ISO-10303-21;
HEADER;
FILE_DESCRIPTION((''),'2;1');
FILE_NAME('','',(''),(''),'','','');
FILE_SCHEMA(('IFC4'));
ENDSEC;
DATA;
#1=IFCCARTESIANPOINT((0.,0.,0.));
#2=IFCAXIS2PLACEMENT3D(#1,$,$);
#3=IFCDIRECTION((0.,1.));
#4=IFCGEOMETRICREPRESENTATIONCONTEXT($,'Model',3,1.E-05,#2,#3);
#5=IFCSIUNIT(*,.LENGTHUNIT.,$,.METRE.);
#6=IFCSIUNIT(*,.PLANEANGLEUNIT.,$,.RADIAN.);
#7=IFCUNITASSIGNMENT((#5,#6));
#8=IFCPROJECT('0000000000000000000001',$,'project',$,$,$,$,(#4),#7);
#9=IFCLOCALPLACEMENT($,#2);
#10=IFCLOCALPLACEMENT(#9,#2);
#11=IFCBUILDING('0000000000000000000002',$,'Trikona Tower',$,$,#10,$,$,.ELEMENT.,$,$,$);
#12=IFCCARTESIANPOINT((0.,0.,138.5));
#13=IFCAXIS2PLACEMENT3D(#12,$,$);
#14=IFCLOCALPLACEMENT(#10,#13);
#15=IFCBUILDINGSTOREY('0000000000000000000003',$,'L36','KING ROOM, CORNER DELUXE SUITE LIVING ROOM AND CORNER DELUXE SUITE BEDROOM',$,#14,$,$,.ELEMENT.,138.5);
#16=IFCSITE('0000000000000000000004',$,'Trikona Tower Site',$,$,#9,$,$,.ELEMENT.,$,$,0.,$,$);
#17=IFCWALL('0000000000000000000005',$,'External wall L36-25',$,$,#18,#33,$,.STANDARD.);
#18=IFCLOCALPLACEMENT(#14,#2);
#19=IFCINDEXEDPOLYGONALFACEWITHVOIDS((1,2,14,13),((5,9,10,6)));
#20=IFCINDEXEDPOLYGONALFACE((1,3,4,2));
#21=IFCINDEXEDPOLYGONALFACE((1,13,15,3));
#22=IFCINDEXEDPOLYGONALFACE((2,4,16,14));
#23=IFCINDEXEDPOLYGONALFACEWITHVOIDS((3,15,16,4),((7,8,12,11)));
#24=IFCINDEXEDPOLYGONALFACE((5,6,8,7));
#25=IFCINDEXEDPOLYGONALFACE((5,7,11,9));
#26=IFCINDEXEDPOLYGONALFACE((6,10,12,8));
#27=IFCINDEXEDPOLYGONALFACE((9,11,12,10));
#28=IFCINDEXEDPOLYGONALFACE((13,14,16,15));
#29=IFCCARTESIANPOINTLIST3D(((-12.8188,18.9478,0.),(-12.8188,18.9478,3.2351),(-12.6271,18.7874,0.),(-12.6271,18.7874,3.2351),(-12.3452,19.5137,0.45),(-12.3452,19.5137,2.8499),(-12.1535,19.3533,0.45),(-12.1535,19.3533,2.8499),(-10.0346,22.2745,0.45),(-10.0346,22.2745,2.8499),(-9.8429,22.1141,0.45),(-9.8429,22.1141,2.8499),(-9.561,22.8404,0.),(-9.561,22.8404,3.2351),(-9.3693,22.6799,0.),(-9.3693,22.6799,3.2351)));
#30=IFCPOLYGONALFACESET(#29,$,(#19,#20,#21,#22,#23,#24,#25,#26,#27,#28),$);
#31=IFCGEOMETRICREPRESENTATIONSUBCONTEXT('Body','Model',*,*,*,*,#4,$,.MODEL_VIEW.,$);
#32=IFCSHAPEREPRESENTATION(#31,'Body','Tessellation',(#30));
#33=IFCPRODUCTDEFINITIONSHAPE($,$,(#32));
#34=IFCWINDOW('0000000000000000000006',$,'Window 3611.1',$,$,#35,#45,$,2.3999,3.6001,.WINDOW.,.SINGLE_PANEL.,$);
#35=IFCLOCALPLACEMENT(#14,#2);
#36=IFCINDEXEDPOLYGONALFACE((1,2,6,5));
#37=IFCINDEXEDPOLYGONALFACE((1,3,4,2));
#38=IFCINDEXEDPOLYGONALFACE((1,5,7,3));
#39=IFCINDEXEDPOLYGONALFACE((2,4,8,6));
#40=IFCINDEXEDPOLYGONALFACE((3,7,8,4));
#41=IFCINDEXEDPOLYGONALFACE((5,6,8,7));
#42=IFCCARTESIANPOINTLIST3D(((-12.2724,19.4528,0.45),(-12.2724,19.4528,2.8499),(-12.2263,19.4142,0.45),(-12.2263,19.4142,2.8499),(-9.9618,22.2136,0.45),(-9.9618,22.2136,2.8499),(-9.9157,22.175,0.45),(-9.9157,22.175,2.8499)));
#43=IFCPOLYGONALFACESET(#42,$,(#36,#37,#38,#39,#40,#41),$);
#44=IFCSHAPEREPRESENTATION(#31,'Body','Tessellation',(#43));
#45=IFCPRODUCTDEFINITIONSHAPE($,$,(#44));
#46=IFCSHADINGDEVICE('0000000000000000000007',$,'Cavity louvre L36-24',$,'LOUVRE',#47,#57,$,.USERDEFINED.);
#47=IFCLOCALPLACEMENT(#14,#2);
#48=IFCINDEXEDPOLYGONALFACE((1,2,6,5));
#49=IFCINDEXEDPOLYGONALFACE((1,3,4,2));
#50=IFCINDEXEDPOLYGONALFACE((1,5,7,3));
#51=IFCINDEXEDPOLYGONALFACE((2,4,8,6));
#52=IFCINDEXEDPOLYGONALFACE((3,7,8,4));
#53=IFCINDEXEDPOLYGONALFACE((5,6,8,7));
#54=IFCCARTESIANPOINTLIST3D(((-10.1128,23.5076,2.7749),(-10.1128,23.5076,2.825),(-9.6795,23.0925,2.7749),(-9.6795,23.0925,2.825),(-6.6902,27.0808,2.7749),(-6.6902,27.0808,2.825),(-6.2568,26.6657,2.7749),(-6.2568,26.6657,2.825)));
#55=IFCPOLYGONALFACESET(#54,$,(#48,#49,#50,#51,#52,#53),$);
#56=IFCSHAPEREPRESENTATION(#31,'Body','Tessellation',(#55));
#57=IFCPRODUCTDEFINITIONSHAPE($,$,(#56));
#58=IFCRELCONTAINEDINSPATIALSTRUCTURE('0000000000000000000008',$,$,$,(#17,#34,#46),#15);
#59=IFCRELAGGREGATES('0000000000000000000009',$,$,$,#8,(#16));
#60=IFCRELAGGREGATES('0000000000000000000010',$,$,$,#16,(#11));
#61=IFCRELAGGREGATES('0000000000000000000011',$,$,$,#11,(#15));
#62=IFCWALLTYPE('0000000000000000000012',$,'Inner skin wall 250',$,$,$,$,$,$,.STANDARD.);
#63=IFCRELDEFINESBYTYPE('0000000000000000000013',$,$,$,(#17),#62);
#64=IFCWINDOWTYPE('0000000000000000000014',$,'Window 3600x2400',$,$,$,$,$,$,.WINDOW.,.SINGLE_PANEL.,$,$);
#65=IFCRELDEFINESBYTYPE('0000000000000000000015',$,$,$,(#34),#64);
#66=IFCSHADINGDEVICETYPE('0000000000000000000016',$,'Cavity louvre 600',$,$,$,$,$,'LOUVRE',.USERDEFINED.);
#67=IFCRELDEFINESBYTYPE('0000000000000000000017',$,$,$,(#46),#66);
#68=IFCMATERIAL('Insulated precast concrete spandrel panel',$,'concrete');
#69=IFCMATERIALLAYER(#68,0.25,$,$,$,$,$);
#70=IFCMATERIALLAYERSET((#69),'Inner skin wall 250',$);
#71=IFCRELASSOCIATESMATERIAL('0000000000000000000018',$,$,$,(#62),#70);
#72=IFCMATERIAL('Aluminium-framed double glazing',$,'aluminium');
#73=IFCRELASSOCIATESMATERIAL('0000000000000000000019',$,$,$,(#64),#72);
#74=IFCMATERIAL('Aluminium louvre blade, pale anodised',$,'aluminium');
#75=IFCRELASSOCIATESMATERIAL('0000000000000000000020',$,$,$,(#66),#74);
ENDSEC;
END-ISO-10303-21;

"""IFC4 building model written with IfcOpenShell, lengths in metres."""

from ifc_helpers import new_model, si_unit, direction, frame, frame_2d, origin, origin_2d, place, context, subcontext, project, spatial, rectangle, extrude, material, layer, layer_set, type_object, element, fill, save


model = new_model("IFC4")

# Units and contexts
model_context = context("Model", 3, precision=1e-05, world=origin(), true_north=direction((0.0, 1.0)))
body_context = subcontext(model_context, "Body", "Model", "MODEL_VIEW")
ifc_project = project(units=[si_unit("LENGTHUNIT", "METRE"), si_unit("PLANEANGLEUNIT", "RADIAN")], contexts=[model_context])

# Site, building, storey
site_placement = place(None, origin())
site = spatial("IfcSite", under=ifc_project, at=site_placement, Name="Trikona Tower Site", CompositionType="ELEMENT", RefElevation=0.0)
building_placement = place(site_placement, origin())
building = spatial("IfcBuilding", under=site, at=building_placement, Name="Trikona Tower", CompositionType="ELEMENT")
storey_placement = place(building_placement, frame((0.0, 0.0, 138.5)))
storey = spatial("IfcBuildingStorey", under=building, at=storey_placement, Name="L36", Description="KING ROOM, CORNER DELUXE SUITE LIVING ROOM AND CORNER DELUXE SUITE BEDROOM", CompositionType="ELEMENT", Elevation=138.5)

# Wall, opening, window
ifc_material_1 = material(Name="Insulated precast concrete spandrel panel", Category="concrete")
ifc_layer_1 = layer(ifc_material_1, 0.25)
ifc_layer_set_1 = layer_set([ifc_layer_1], Name="Inner skin wall 250")
wall_type_1 = type_object("IfcWallType", Name="Inner skin wall 250", PredefinedType="STANDARD", material=ifc_layer_set_1)
ifc_material_2 = material(Name="Aluminium-framed double glazing", Category="aluminium")
window_type_1 = type_object("IfcWindowType", Name="Window 3600x2400", PartitioningType="SINGLE_PANEL", PredefinedType="WINDOW", material=ifc_material_2)
wall_1_placement = place(storey_placement, frame((-9.4651, 22.7603, 0.0), z_axis=(0.0, 0.0, 1.0), x_axis=(-0.64181, -0.766863, 0.0)))
wall_1 = element("IfcWall", 1, at=wall_1_placement, inside=storey, type_object=wall_type_1, Name="External wall L36-25", PredefinedType="STANDARD", context=body_context, shape_type="SweptSolid", body=[
    extrude(rectangle(XDim=5.0759, YDim=0.25, at=frame_2d((2.5381, 0.0))), origin(), (0.0, 0.0, 1.0), 3.2351),
])
opening_1_placement = place(wall_1_placement, frame((0.738, 0.0, 0.45)))
opening_1 = element("IfcOpeningElement", 2, at=opening_1_placement, cuts=wall_1, PredefinedType="OPENING", context=body_context, shape_type="SweptSolid", body=[
    extrude(rectangle(XDim=3.6001, YDim=2.3999, at=frame_2d((1.8, 1.2))), frame((0.0, 0.135, 0.0), z_axis=(0.0, -1.0, 0.0), x_axis=(1.0, 0.0, 0.0)), (0.0, 0.0, 1.0), 0.27),
])
window_1_placement = place(opening_1_placement, origin())
window_1 = element("IfcWindow", 3, at=window_1_placement, inside=storey, type_object=window_type_1, Name="Window 3611.1", OverallHeight=2.3999, OverallWidth=3.6001, PartitioningType="SINGLE_PANEL", PredefinedType="WINDOW", context=body_context, shape_type="SweptSolid", body=[
    extrude(rectangle(XDim=3.6001, YDim=2.3999, at=frame_2d((1.8, 1.2))), frame((0.0, 0.03, 0.0), z_axis=(0.0, -1.0, 0.0), x_axis=(1.0, 0.0, 0.0)), (0.0, 0.0, 1.0), 0.0601),
])
fill(opening_1, window_1)

# Shading device
ifc_material_3 = material(Name="Aluminium louvre blade, pale anodised", Category="aluminium")
shading_device_type = type_object("IfcShadingDeviceType", Name="Cavity louvre 600", ElementType="LOUVRE", PredefinedType="USERDEFINED", material=ifc_material_3)
shading_device_placement = place(storey_placement, frame((-8.1848, 25.0867, 2.7749), z_axis=(0.0, 0.0, 1.0), x_axis=(-0.691724, -0.722162, 0.0)))
element("IfcShadingDevice", 4, at=shading_device_placement, inside=storey, type_object=shading_device_type, Name="Cavity louvre L36-24", ObjectType="LOUVRE", PredefinedType="USERDEFINED", context=body_context, shape_type="SweptSolid", body=[
    extrude(rectangle(XDim=4.948, YDim=0.6001, at=origin_2d()), origin(), (0.0, 0.0, 1.0), 0.05),
])

save(model, "model.ifc")
